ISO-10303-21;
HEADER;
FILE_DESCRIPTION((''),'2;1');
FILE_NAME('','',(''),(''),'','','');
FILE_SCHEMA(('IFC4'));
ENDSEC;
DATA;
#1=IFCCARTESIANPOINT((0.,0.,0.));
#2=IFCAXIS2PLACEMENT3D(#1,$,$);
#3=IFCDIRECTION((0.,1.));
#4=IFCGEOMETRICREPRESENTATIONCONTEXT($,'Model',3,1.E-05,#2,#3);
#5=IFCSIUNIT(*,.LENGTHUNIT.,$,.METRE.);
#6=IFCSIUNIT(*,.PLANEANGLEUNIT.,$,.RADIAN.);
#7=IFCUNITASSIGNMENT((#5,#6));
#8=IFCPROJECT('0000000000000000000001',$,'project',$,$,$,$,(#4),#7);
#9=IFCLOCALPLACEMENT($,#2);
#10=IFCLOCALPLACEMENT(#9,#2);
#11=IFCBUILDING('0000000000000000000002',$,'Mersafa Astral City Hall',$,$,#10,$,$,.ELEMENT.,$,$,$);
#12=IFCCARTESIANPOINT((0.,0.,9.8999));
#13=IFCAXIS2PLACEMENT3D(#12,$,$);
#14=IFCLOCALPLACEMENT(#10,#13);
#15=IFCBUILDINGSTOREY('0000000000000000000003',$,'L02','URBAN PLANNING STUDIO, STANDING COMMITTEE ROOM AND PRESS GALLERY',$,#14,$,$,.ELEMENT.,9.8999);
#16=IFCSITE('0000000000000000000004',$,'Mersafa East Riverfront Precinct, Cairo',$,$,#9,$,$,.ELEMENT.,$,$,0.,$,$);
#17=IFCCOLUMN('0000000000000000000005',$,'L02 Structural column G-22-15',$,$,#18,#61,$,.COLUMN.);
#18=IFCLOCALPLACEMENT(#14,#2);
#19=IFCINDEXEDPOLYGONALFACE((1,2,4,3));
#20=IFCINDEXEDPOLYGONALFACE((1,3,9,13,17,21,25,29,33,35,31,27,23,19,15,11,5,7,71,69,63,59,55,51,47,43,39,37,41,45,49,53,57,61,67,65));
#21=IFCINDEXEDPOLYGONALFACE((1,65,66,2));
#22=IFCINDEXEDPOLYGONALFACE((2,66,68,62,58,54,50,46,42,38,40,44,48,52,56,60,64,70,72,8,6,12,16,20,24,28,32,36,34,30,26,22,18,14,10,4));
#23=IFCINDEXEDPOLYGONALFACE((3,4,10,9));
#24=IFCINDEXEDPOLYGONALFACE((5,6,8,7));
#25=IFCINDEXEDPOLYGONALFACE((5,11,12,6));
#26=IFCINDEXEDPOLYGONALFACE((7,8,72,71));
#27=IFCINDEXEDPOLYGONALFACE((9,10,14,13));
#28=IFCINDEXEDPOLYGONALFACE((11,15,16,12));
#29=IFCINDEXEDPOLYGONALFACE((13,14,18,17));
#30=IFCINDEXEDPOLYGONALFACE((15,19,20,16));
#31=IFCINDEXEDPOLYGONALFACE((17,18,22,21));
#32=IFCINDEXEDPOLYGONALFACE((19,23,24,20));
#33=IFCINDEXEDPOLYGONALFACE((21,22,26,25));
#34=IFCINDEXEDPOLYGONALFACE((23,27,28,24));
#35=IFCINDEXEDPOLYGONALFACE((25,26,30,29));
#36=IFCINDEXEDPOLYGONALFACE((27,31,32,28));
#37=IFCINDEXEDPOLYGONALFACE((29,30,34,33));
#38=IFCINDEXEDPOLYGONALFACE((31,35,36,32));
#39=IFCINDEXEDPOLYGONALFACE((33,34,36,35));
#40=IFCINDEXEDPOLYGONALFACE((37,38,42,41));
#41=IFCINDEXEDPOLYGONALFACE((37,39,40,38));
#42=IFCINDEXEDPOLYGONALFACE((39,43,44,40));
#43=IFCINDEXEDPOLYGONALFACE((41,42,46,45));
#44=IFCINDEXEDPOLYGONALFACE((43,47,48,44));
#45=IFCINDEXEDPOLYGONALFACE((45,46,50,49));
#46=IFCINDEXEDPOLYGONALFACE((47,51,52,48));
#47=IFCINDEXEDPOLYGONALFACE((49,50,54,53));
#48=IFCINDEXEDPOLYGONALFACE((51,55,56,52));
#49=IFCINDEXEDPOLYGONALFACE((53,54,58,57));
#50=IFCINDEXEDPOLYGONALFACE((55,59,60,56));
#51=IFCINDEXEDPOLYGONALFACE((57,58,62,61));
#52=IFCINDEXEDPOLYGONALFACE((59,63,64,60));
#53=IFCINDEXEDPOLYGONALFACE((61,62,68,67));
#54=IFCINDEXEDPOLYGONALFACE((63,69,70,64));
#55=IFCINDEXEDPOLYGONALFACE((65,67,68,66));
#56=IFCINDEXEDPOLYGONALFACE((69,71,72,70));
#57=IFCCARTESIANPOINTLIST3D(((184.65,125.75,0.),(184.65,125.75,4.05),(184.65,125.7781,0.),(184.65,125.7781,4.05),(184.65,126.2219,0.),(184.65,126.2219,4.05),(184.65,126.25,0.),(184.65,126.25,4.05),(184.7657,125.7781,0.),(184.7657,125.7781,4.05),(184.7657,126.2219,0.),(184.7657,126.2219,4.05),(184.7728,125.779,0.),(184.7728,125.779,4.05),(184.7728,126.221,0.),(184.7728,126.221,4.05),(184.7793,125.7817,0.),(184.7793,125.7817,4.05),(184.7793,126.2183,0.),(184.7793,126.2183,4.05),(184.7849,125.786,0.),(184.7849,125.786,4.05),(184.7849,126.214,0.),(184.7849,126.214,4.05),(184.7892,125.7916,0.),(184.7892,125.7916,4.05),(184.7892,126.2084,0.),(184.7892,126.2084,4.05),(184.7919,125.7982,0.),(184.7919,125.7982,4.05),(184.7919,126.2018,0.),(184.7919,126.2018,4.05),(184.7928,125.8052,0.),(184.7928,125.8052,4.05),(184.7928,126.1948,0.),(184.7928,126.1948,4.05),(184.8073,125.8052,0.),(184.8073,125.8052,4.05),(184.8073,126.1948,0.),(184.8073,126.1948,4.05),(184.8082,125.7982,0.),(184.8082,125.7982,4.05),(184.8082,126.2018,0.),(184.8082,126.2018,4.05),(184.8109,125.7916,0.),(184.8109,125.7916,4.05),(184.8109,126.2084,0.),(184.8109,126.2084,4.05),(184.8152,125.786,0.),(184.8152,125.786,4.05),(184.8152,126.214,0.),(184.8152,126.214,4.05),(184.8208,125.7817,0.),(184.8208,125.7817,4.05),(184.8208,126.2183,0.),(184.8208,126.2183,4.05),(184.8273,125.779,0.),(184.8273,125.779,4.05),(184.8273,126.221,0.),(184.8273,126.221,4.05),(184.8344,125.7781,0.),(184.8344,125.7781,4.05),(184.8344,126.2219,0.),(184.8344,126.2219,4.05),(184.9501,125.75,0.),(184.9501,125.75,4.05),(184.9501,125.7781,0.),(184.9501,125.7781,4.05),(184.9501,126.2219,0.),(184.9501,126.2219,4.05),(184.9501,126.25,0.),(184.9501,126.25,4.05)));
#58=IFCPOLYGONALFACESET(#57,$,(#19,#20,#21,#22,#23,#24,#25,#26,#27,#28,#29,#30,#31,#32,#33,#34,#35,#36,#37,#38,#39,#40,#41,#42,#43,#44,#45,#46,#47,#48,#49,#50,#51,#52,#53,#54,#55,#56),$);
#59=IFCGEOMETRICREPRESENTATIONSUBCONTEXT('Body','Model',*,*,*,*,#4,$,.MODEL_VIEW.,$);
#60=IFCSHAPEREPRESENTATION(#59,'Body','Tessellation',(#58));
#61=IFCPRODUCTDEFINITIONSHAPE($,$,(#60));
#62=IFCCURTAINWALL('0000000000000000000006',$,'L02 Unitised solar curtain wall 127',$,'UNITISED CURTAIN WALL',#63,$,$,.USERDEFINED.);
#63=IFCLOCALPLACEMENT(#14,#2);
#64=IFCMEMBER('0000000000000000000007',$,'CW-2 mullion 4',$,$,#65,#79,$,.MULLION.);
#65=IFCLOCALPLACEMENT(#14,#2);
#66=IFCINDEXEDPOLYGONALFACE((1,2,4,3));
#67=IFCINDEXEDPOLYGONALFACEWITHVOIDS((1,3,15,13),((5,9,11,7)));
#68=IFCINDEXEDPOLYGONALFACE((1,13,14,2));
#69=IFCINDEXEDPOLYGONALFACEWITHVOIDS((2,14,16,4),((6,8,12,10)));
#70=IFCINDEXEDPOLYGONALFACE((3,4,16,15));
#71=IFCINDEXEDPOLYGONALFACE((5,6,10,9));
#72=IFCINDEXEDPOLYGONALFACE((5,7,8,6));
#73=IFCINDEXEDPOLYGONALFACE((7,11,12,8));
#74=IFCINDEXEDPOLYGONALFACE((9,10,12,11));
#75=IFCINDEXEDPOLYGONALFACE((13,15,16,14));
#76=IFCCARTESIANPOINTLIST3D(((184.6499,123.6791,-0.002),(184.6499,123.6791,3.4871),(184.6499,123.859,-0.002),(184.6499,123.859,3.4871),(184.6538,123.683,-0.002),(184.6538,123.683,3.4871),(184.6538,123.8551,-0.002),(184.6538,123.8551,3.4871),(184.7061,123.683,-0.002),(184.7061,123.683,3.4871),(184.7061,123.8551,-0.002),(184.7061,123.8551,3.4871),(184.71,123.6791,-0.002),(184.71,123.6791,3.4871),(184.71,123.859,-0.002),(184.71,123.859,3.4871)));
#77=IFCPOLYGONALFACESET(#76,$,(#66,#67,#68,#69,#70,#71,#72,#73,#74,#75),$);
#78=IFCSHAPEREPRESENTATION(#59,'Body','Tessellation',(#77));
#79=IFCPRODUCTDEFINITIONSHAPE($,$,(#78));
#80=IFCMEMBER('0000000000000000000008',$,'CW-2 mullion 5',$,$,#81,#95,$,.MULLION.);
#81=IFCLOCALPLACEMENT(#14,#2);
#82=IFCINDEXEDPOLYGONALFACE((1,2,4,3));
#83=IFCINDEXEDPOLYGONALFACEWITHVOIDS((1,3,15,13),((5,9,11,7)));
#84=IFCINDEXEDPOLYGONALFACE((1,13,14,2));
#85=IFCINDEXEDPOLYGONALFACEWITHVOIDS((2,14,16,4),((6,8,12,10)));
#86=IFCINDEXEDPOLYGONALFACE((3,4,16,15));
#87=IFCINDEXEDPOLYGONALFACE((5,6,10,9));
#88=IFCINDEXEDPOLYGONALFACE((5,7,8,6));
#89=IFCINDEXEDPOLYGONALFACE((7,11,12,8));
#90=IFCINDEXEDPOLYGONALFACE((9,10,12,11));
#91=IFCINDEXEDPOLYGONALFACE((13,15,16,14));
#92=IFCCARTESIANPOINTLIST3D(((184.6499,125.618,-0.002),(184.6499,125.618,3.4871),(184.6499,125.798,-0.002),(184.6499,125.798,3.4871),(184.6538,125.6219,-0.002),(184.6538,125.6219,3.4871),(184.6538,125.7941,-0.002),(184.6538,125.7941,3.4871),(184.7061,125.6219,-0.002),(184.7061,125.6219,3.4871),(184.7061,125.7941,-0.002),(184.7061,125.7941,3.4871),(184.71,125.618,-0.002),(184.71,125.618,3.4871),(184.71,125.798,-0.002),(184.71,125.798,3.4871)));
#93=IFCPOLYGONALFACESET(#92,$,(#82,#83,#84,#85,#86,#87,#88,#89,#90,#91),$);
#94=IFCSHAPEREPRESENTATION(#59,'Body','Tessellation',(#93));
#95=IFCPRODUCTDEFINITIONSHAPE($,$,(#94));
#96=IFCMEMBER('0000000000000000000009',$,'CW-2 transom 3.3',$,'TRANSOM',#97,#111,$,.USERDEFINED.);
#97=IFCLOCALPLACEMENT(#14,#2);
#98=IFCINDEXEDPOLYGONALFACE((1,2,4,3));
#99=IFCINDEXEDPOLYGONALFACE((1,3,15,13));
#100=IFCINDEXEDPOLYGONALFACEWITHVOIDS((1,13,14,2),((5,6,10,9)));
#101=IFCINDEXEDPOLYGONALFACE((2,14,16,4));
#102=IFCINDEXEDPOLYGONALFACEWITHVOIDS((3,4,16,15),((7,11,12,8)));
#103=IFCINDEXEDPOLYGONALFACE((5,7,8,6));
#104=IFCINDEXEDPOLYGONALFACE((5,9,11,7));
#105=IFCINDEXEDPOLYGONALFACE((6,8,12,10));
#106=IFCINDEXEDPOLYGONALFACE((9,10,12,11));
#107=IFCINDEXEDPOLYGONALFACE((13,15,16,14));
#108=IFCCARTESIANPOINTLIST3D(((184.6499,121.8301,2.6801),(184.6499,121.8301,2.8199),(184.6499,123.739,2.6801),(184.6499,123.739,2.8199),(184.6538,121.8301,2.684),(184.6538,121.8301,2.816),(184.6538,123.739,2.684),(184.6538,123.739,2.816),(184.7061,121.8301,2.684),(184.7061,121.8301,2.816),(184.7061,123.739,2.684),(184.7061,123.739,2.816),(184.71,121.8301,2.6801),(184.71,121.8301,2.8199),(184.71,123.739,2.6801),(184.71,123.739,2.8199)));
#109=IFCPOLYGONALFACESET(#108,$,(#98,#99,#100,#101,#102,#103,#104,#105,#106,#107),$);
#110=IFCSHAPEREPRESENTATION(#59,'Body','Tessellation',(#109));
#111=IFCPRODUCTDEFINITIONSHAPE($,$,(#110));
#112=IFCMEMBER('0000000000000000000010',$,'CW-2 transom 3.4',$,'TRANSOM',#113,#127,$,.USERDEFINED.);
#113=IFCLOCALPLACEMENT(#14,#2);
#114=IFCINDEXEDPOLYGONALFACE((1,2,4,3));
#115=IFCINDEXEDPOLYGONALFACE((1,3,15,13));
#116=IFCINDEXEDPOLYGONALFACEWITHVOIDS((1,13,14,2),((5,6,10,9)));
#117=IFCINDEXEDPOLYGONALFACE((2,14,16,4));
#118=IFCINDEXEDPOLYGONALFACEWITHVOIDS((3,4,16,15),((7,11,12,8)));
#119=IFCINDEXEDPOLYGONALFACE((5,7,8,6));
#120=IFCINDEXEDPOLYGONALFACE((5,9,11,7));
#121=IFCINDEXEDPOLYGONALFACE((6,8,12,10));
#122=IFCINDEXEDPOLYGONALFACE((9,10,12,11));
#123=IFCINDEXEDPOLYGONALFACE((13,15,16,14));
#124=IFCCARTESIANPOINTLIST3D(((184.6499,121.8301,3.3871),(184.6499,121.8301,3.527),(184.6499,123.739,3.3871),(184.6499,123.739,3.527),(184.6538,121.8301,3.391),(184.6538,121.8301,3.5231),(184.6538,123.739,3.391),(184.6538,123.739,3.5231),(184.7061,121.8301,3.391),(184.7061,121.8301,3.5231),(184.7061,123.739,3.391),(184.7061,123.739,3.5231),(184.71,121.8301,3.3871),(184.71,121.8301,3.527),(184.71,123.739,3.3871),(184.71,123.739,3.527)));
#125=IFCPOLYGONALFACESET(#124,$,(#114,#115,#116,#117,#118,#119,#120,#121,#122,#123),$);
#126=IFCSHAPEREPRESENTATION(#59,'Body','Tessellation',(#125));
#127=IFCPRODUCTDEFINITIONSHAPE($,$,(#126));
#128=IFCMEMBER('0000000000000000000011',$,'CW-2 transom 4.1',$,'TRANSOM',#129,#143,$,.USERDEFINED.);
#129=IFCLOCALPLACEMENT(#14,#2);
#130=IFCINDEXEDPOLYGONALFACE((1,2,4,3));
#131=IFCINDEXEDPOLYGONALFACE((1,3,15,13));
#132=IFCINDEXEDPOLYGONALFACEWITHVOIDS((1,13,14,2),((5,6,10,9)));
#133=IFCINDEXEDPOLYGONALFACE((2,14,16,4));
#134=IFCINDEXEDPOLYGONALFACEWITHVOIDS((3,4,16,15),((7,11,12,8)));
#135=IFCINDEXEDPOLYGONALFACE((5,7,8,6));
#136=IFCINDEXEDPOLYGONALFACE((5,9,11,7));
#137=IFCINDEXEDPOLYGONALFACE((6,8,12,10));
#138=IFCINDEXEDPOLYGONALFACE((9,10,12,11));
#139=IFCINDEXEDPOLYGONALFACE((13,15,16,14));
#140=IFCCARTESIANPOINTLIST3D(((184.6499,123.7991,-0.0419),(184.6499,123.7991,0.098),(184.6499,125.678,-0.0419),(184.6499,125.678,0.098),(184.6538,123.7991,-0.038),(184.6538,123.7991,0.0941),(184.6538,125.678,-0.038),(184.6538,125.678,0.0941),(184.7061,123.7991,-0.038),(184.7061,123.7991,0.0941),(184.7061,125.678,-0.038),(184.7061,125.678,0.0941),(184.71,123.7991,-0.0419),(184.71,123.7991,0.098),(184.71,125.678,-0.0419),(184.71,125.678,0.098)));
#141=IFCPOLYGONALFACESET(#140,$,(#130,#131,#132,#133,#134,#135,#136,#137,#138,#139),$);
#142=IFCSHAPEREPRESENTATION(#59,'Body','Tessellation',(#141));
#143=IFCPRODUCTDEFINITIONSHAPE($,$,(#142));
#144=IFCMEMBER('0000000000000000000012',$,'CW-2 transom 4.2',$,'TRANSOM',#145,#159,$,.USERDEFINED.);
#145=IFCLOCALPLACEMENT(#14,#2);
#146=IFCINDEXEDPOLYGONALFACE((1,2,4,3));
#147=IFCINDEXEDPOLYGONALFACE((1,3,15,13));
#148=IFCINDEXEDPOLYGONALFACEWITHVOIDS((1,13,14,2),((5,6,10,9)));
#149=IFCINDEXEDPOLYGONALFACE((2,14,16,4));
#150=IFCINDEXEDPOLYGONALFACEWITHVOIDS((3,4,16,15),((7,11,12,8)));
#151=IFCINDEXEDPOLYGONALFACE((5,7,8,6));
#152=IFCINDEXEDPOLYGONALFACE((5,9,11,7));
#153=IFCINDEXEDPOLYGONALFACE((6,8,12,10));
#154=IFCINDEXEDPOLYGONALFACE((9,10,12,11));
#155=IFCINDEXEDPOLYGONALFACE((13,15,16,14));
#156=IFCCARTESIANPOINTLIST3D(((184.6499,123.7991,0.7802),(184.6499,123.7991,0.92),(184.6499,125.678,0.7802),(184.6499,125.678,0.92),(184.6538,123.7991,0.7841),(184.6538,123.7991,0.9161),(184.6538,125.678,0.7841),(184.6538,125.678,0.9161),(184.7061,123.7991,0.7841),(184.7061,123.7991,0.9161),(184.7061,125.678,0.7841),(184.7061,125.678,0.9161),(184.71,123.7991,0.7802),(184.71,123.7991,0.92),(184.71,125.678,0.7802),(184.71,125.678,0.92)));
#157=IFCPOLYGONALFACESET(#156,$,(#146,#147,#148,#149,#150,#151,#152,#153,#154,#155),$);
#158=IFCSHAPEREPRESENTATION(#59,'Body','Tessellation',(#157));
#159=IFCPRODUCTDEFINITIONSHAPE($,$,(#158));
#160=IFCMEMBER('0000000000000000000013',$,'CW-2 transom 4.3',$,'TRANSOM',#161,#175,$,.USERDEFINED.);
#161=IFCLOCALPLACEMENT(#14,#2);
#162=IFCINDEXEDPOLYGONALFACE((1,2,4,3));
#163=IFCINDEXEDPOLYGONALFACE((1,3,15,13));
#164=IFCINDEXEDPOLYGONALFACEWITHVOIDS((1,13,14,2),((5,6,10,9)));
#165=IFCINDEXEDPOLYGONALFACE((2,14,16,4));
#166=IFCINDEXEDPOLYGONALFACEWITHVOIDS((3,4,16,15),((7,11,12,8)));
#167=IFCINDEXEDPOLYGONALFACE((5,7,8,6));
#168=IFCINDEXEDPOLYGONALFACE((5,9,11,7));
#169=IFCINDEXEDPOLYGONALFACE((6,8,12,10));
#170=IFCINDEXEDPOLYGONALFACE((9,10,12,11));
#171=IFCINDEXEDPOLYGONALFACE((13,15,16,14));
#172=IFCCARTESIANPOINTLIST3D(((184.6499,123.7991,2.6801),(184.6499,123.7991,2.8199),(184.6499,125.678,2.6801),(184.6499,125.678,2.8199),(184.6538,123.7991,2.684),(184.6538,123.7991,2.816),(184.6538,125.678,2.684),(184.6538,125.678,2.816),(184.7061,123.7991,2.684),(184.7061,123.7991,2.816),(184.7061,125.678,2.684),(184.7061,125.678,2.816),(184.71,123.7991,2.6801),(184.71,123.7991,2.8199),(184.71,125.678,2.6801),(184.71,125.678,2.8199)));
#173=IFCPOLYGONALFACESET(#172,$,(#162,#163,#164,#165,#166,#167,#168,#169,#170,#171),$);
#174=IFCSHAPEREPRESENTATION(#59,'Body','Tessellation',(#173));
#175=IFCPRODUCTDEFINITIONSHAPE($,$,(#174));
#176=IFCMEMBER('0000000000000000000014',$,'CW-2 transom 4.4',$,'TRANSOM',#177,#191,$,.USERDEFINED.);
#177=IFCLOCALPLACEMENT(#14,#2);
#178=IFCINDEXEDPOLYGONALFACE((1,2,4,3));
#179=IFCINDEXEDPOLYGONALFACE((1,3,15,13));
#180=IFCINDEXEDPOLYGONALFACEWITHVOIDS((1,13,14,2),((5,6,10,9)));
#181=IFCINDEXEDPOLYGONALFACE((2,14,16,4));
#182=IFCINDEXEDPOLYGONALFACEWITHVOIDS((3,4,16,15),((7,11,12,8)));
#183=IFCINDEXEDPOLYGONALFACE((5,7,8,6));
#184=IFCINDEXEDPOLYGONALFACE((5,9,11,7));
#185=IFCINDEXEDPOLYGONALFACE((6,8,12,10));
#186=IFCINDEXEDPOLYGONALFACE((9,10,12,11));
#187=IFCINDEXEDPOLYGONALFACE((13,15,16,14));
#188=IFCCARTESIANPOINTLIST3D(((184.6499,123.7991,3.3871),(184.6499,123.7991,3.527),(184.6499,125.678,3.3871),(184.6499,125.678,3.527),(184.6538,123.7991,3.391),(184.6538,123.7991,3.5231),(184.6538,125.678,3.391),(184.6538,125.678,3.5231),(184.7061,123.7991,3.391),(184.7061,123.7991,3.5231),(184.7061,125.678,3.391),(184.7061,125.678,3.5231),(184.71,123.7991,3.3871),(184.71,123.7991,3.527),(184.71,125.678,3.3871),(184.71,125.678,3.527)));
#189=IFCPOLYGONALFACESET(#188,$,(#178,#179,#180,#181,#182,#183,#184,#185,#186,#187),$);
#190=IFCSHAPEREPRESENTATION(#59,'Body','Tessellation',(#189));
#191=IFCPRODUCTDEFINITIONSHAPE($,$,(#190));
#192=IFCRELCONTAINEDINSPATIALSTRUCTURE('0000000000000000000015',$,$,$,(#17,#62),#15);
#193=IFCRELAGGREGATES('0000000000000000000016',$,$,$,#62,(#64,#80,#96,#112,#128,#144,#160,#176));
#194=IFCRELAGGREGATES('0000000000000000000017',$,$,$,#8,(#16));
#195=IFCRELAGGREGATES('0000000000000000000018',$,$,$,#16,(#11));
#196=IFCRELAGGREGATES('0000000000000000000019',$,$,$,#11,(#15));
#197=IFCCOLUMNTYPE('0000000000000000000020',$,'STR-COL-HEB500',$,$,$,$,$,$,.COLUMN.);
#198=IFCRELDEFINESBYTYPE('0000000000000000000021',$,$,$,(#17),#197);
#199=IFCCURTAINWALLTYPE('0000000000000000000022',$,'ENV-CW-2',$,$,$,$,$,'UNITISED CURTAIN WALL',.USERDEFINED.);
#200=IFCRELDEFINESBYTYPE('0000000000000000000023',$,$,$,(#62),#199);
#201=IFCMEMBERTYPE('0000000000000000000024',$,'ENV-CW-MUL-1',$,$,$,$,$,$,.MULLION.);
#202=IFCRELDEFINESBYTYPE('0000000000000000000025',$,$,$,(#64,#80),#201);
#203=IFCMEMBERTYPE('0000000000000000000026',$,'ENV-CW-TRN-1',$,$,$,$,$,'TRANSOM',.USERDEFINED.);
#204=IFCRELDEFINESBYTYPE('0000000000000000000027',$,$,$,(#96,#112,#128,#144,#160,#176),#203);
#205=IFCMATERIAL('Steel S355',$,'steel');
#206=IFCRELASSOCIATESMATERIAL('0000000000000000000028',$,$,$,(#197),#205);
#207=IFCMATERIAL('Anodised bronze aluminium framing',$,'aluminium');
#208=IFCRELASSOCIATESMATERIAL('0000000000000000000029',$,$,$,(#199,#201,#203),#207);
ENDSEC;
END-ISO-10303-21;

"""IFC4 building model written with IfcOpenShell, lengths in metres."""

from ifc_helpers import new_model, si_unit, direction, frame, origin, origin_2d, place, context, subcontext, project, spatial, hollow_rectangle, i_section, extrude, material, material_profile, profile_set, type_object, element, aggregate, save


model = new_model("IFC4")

# Units and contexts
model_context = context("Model", 3, precision=1e-05, world=origin(), true_north=direction((0.0, 1.0)))
body_context = subcontext(model_context, "Body", "Model", "MODEL_VIEW")
ifc_project = project(units=[si_unit("LENGTHUNIT", "METRE"), si_unit("PLANEANGLEUNIT", "RADIAN")], contexts=[model_context])

# Site, building, storey
site_placement = place(None, origin())
site = spatial("IfcSite", under=ifc_project, at=site_placement, Name="Mersafa East Riverfront Precinct, Cairo", CompositionType="ELEMENT", RefElevation=0.0)
building_placement = place(site_placement, origin())
building = spatial("IfcBuilding", under=site, at=building_placement, Name="Mersafa Astral City Hall", CompositionType="ELEMENT")
storey_placement = place(building_placement, frame((0.0, 0.0, 9.8999)))
storey = spatial("IfcBuildingStorey", under=building, at=storey_placement, Name="L02", Description="URBAN PLANNING STUDIO, STANDING COMMITTEE ROOM AND PRESS GALLERY", CompositionType="ELEMENT", Elevation=9.8999)

# Column
ifc_material_1 = material(Name="Steel S355", Category="steel")
ifc_material_profile_1 = material_profile(ifc_material_1, i_section(OverallWidth=0.3, OverallDepth=0.5, WebThickness=0.0144, FlangeThickness=0.0281, FilletRadius=0.0271, at=origin_2d()), Name="HEB 500")
ifc_profile_set_1 = profile_set([ifc_material_profile_1], Name="Steel S355")
column_type = type_object("IfcColumnType", Name="STR-COL-HEB500", PredefinedType="COLUMN", material=ifc_profile_set_1)
column_placement = place(storey_placement, frame((184.8, 126.0, 0.0), z_axis=(0.0, 0.0, 1.0), x_axis=(1.0, 0.0, 0.0)))
element("IfcColumn", 1, at=column_placement, inside=storey, type_object=column_type, Name="L02 Structural column G-22-15", PredefinedType="COLUMN", context=body_context, shape_type="SweptSolid", body=[
    extrude(i_section(OverallWidth=0.3, OverallDepth=0.5, WebThickness=0.0144, FlangeThickness=0.0281, FilletRadius=0.0271, at=origin_2d()), origin(), (0.0, 0.0, 1.0), 4.05),
])

# Curtain wall, members
ifc_material_2 = material(Name="Anodised bronze aluminium framing", Category="aluminium")
curtain_wall_type = type_object("IfcCurtainWallType", Name="ENV-CW-2", ElementType="UNITISED CURTAIN WALL", PredefinedType="USERDEFINED", material=ifc_material_2)
curtain_wall_placement = place(storey_placement, origin())
curtain_wall = element("IfcCurtainWall", 2, at=curtain_wall_placement, inside=storey, type_object=curtain_wall_type, Name="L02 Unitised solar curtain wall 127", ObjectType="UNITISED CURTAIN WALL", PredefinedType="USERDEFINED")
ifc_material_profile_2 = material_profile(ifc_material_2, hollow_rectangle(XDim=0.0601, YDim=0.1799, WallThickness=0.0039, at=origin_2d()), Name="RHS 60x180x4")
ifc_profile_set_2 = profile_set([ifc_material_profile_2], Name="Anodised bronze aluminium framing")
member_type_1 = type_object("IfcMemberType", Name="ENV-CW-MUL-1", PredefinedType="MULLION", material=ifc_profile_set_2)
member_1_placement = place(storey_placement, frame((184.6799, 123.769, -0.002), z_axis=(0.0, 0.0, 1.0), x_axis=(-1.0, 0.0, 0.0)))
member_1 = element("IfcMember", 3, at=member_1_placement, type_object=member_type_1, Name="CW-2 mullion 4", PredefinedType="MULLION", context=body_context, shape_type="SweptSolid", body=[
    extrude(hollow_rectangle(XDim=0.0601, YDim=0.1799, WallThickness=0.0039, at=origin_2d()), origin(), (0.0, 0.0, 1.0), 3.489),
])
member_2_placement = place(storey_placement, frame((184.6799, 125.708, -0.002), z_axis=(0.0, 0.0, 1.0), x_axis=(-1.0, 0.0, 0.0)))
member_2 = element("IfcMember", 4, at=member_2_placement, type_object=member_type_1, Name="CW-2 mullion 5", PredefinedType="MULLION", context=body_context, shape_type="SweptSolid", body=[
    extrude(hollow_rectangle(XDim=0.0601, YDim=0.1799, WallThickness=0.0039, at=origin_2d()), origin(), (0.0, 0.0, 1.0), 3.489),
])
ifc_material_profile_3 = material_profile(ifc_material_2, hollow_rectangle(XDim=0.0601, YDim=0.1399, WallThickness=0.0039, at=origin_2d()), Name="RHS 60x140x4")
ifc_profile_set_3 = profile_set([ifc_material_profile_3], Name="Anodised bronze aluminium framing")
member_type_2 = type_object("IfcMemberType", Name="ENV-CW-TRN-1", ElementType="TRANSOM", PredefinedType="USERDEFINED", material=ifc_profile_set_3)
member_3_placement = place(storey_placement, frame((184.6799, 121.8301, 2.75), z_axis=(0.0, 1.0, 0.0), x_axis=(-1.0, 0.0, 0.0)))
member_3 = element("IfcMember", 5, at=member_3_placement, type_object=member_type_2, Name="CW-2 transom 3.3", ObjectType="TRANSOM", PredefinedType="USERDEFINED", context=body_context, shape_type="SweptSolid", body=[
    extrude(hollow_rectangle(XDim=0.0601, YDim=0.1399, WallThickness=0.0039, at=origin_2d()), origin(), (0.0, 0.0, 1.0), 1.9089),
])
member_4_placement = place(storey_placement, frame((184.6799, 121.8301, 3.457), z_axis=(0.0, 1.0, 0.0), x_axis=(-1.0, 0.0, 0.0)))
member_4 = element("IfcMember", 6, at=member_4_placement, type_object=member_type_2, Name="CW-2 transom 3.4", ObjectType="TRANSOM", PredefinedType="USERDEFINED", context=body_context, shape_type="SweptSolid", body=[
    extrude(hollow_rectangle(XDim=0.0601, YDim=0.1399, WallThickness=0.0039, at=origin_2d()), origin(), (0.0, 0.0, 1.0), 1.9089),
])
member_5_placement = place(storey_placement, frame((184.6799, 123.7991, 0.0281), z_axis=(0.0, 1.0, 0.0), x_axis=(-1.0, 0.0, 0.0)))
member_5 = element("IfcMember", 7, at=member_5_placement, type_object=member_type_2, Name="CW-2 transom 4.1", ObjectType="TRANSOM", PredefinedType="USERDEFINED", context=body_context, shape_type="SweptSolid", body=[
    extrude(hollow_rectangle(XDim=0.0601, YDim=0.1399, WallThickness=0.0039, at=origin_2d()), origin(), (0.0, 0.0, 1.0), 1.8789),
])
member_6_placement = place(storey_placement, frame((184.6799, 123.7991, 0.8501), z_axis=(0.0, 1.0, 0.0), x_axis=(-1.0, 0.0, 0.0)))
member_6 = element("IfcMember", 8, at=member_6_placement, type_object=member_type_2, Name="CW-2 transom 4.2", ObjectType="TRANSOM", PredefinedType="USERDEFINED", context=body_context, shape_type="SweptSolid", body=[
    extrude(hollow_rectangle(XDim=0.0601, YDim=0.1399, WallThickness=0.0039, at=origin_2d()), origin(), (0.0, 0.0, 1.0), 1.8789),
])
member_7_placement = place(storey_placement, frame((184.6799, 123.7991, 2.75), z_axis=(0.0, 1.0, 0.0), x_axis=(-1.0, 0.0, 0.0)))
member_7 = element("IfcMember", 9, at=member_7_placement, type_object=member_type_2, Name="CW-2 transom 4.3", ObjectType="TRANSOM", PredefinedType="USERDEFINED", context=body_context, shape_type="SweptSolid", body=[
    extrude(hollow_rectangle(XDim=0.0601, YDim=0.1399, WallThickness=0.0039, at=origin_2d()), origin(), (0.0, 0.0, 1.0), 1.8789),
])
member_8_placement = place(storey_placement, frame((184.6799, 123.7991, 3.457), z_axis=(0.0, 1.0, 0.0), x_axis=(-1.0, 0.0, 0.0)))
member_8 = element("IfcMember", 10, at=member_8_placement, type_object=member_type_2, Name="CW-2 transom 4.4", ObjectType="TRANSOM", PredefinedType="USERDEFINED", context=body_context, shape_type="SweptSolid", body=[
    extrude(hollow_rectangle(XDim=0.0601, YDim=0.1399, WallThickness=0.0039, at=origin_2d()), origin(), (0.0, 0.0, 1.0), 1.8789),
])
aggregate(curtain_wall, [member_1, member_2, member_3, member_4, member_5, member_6, member_7, member_8])

save(model, "model.ifc")
